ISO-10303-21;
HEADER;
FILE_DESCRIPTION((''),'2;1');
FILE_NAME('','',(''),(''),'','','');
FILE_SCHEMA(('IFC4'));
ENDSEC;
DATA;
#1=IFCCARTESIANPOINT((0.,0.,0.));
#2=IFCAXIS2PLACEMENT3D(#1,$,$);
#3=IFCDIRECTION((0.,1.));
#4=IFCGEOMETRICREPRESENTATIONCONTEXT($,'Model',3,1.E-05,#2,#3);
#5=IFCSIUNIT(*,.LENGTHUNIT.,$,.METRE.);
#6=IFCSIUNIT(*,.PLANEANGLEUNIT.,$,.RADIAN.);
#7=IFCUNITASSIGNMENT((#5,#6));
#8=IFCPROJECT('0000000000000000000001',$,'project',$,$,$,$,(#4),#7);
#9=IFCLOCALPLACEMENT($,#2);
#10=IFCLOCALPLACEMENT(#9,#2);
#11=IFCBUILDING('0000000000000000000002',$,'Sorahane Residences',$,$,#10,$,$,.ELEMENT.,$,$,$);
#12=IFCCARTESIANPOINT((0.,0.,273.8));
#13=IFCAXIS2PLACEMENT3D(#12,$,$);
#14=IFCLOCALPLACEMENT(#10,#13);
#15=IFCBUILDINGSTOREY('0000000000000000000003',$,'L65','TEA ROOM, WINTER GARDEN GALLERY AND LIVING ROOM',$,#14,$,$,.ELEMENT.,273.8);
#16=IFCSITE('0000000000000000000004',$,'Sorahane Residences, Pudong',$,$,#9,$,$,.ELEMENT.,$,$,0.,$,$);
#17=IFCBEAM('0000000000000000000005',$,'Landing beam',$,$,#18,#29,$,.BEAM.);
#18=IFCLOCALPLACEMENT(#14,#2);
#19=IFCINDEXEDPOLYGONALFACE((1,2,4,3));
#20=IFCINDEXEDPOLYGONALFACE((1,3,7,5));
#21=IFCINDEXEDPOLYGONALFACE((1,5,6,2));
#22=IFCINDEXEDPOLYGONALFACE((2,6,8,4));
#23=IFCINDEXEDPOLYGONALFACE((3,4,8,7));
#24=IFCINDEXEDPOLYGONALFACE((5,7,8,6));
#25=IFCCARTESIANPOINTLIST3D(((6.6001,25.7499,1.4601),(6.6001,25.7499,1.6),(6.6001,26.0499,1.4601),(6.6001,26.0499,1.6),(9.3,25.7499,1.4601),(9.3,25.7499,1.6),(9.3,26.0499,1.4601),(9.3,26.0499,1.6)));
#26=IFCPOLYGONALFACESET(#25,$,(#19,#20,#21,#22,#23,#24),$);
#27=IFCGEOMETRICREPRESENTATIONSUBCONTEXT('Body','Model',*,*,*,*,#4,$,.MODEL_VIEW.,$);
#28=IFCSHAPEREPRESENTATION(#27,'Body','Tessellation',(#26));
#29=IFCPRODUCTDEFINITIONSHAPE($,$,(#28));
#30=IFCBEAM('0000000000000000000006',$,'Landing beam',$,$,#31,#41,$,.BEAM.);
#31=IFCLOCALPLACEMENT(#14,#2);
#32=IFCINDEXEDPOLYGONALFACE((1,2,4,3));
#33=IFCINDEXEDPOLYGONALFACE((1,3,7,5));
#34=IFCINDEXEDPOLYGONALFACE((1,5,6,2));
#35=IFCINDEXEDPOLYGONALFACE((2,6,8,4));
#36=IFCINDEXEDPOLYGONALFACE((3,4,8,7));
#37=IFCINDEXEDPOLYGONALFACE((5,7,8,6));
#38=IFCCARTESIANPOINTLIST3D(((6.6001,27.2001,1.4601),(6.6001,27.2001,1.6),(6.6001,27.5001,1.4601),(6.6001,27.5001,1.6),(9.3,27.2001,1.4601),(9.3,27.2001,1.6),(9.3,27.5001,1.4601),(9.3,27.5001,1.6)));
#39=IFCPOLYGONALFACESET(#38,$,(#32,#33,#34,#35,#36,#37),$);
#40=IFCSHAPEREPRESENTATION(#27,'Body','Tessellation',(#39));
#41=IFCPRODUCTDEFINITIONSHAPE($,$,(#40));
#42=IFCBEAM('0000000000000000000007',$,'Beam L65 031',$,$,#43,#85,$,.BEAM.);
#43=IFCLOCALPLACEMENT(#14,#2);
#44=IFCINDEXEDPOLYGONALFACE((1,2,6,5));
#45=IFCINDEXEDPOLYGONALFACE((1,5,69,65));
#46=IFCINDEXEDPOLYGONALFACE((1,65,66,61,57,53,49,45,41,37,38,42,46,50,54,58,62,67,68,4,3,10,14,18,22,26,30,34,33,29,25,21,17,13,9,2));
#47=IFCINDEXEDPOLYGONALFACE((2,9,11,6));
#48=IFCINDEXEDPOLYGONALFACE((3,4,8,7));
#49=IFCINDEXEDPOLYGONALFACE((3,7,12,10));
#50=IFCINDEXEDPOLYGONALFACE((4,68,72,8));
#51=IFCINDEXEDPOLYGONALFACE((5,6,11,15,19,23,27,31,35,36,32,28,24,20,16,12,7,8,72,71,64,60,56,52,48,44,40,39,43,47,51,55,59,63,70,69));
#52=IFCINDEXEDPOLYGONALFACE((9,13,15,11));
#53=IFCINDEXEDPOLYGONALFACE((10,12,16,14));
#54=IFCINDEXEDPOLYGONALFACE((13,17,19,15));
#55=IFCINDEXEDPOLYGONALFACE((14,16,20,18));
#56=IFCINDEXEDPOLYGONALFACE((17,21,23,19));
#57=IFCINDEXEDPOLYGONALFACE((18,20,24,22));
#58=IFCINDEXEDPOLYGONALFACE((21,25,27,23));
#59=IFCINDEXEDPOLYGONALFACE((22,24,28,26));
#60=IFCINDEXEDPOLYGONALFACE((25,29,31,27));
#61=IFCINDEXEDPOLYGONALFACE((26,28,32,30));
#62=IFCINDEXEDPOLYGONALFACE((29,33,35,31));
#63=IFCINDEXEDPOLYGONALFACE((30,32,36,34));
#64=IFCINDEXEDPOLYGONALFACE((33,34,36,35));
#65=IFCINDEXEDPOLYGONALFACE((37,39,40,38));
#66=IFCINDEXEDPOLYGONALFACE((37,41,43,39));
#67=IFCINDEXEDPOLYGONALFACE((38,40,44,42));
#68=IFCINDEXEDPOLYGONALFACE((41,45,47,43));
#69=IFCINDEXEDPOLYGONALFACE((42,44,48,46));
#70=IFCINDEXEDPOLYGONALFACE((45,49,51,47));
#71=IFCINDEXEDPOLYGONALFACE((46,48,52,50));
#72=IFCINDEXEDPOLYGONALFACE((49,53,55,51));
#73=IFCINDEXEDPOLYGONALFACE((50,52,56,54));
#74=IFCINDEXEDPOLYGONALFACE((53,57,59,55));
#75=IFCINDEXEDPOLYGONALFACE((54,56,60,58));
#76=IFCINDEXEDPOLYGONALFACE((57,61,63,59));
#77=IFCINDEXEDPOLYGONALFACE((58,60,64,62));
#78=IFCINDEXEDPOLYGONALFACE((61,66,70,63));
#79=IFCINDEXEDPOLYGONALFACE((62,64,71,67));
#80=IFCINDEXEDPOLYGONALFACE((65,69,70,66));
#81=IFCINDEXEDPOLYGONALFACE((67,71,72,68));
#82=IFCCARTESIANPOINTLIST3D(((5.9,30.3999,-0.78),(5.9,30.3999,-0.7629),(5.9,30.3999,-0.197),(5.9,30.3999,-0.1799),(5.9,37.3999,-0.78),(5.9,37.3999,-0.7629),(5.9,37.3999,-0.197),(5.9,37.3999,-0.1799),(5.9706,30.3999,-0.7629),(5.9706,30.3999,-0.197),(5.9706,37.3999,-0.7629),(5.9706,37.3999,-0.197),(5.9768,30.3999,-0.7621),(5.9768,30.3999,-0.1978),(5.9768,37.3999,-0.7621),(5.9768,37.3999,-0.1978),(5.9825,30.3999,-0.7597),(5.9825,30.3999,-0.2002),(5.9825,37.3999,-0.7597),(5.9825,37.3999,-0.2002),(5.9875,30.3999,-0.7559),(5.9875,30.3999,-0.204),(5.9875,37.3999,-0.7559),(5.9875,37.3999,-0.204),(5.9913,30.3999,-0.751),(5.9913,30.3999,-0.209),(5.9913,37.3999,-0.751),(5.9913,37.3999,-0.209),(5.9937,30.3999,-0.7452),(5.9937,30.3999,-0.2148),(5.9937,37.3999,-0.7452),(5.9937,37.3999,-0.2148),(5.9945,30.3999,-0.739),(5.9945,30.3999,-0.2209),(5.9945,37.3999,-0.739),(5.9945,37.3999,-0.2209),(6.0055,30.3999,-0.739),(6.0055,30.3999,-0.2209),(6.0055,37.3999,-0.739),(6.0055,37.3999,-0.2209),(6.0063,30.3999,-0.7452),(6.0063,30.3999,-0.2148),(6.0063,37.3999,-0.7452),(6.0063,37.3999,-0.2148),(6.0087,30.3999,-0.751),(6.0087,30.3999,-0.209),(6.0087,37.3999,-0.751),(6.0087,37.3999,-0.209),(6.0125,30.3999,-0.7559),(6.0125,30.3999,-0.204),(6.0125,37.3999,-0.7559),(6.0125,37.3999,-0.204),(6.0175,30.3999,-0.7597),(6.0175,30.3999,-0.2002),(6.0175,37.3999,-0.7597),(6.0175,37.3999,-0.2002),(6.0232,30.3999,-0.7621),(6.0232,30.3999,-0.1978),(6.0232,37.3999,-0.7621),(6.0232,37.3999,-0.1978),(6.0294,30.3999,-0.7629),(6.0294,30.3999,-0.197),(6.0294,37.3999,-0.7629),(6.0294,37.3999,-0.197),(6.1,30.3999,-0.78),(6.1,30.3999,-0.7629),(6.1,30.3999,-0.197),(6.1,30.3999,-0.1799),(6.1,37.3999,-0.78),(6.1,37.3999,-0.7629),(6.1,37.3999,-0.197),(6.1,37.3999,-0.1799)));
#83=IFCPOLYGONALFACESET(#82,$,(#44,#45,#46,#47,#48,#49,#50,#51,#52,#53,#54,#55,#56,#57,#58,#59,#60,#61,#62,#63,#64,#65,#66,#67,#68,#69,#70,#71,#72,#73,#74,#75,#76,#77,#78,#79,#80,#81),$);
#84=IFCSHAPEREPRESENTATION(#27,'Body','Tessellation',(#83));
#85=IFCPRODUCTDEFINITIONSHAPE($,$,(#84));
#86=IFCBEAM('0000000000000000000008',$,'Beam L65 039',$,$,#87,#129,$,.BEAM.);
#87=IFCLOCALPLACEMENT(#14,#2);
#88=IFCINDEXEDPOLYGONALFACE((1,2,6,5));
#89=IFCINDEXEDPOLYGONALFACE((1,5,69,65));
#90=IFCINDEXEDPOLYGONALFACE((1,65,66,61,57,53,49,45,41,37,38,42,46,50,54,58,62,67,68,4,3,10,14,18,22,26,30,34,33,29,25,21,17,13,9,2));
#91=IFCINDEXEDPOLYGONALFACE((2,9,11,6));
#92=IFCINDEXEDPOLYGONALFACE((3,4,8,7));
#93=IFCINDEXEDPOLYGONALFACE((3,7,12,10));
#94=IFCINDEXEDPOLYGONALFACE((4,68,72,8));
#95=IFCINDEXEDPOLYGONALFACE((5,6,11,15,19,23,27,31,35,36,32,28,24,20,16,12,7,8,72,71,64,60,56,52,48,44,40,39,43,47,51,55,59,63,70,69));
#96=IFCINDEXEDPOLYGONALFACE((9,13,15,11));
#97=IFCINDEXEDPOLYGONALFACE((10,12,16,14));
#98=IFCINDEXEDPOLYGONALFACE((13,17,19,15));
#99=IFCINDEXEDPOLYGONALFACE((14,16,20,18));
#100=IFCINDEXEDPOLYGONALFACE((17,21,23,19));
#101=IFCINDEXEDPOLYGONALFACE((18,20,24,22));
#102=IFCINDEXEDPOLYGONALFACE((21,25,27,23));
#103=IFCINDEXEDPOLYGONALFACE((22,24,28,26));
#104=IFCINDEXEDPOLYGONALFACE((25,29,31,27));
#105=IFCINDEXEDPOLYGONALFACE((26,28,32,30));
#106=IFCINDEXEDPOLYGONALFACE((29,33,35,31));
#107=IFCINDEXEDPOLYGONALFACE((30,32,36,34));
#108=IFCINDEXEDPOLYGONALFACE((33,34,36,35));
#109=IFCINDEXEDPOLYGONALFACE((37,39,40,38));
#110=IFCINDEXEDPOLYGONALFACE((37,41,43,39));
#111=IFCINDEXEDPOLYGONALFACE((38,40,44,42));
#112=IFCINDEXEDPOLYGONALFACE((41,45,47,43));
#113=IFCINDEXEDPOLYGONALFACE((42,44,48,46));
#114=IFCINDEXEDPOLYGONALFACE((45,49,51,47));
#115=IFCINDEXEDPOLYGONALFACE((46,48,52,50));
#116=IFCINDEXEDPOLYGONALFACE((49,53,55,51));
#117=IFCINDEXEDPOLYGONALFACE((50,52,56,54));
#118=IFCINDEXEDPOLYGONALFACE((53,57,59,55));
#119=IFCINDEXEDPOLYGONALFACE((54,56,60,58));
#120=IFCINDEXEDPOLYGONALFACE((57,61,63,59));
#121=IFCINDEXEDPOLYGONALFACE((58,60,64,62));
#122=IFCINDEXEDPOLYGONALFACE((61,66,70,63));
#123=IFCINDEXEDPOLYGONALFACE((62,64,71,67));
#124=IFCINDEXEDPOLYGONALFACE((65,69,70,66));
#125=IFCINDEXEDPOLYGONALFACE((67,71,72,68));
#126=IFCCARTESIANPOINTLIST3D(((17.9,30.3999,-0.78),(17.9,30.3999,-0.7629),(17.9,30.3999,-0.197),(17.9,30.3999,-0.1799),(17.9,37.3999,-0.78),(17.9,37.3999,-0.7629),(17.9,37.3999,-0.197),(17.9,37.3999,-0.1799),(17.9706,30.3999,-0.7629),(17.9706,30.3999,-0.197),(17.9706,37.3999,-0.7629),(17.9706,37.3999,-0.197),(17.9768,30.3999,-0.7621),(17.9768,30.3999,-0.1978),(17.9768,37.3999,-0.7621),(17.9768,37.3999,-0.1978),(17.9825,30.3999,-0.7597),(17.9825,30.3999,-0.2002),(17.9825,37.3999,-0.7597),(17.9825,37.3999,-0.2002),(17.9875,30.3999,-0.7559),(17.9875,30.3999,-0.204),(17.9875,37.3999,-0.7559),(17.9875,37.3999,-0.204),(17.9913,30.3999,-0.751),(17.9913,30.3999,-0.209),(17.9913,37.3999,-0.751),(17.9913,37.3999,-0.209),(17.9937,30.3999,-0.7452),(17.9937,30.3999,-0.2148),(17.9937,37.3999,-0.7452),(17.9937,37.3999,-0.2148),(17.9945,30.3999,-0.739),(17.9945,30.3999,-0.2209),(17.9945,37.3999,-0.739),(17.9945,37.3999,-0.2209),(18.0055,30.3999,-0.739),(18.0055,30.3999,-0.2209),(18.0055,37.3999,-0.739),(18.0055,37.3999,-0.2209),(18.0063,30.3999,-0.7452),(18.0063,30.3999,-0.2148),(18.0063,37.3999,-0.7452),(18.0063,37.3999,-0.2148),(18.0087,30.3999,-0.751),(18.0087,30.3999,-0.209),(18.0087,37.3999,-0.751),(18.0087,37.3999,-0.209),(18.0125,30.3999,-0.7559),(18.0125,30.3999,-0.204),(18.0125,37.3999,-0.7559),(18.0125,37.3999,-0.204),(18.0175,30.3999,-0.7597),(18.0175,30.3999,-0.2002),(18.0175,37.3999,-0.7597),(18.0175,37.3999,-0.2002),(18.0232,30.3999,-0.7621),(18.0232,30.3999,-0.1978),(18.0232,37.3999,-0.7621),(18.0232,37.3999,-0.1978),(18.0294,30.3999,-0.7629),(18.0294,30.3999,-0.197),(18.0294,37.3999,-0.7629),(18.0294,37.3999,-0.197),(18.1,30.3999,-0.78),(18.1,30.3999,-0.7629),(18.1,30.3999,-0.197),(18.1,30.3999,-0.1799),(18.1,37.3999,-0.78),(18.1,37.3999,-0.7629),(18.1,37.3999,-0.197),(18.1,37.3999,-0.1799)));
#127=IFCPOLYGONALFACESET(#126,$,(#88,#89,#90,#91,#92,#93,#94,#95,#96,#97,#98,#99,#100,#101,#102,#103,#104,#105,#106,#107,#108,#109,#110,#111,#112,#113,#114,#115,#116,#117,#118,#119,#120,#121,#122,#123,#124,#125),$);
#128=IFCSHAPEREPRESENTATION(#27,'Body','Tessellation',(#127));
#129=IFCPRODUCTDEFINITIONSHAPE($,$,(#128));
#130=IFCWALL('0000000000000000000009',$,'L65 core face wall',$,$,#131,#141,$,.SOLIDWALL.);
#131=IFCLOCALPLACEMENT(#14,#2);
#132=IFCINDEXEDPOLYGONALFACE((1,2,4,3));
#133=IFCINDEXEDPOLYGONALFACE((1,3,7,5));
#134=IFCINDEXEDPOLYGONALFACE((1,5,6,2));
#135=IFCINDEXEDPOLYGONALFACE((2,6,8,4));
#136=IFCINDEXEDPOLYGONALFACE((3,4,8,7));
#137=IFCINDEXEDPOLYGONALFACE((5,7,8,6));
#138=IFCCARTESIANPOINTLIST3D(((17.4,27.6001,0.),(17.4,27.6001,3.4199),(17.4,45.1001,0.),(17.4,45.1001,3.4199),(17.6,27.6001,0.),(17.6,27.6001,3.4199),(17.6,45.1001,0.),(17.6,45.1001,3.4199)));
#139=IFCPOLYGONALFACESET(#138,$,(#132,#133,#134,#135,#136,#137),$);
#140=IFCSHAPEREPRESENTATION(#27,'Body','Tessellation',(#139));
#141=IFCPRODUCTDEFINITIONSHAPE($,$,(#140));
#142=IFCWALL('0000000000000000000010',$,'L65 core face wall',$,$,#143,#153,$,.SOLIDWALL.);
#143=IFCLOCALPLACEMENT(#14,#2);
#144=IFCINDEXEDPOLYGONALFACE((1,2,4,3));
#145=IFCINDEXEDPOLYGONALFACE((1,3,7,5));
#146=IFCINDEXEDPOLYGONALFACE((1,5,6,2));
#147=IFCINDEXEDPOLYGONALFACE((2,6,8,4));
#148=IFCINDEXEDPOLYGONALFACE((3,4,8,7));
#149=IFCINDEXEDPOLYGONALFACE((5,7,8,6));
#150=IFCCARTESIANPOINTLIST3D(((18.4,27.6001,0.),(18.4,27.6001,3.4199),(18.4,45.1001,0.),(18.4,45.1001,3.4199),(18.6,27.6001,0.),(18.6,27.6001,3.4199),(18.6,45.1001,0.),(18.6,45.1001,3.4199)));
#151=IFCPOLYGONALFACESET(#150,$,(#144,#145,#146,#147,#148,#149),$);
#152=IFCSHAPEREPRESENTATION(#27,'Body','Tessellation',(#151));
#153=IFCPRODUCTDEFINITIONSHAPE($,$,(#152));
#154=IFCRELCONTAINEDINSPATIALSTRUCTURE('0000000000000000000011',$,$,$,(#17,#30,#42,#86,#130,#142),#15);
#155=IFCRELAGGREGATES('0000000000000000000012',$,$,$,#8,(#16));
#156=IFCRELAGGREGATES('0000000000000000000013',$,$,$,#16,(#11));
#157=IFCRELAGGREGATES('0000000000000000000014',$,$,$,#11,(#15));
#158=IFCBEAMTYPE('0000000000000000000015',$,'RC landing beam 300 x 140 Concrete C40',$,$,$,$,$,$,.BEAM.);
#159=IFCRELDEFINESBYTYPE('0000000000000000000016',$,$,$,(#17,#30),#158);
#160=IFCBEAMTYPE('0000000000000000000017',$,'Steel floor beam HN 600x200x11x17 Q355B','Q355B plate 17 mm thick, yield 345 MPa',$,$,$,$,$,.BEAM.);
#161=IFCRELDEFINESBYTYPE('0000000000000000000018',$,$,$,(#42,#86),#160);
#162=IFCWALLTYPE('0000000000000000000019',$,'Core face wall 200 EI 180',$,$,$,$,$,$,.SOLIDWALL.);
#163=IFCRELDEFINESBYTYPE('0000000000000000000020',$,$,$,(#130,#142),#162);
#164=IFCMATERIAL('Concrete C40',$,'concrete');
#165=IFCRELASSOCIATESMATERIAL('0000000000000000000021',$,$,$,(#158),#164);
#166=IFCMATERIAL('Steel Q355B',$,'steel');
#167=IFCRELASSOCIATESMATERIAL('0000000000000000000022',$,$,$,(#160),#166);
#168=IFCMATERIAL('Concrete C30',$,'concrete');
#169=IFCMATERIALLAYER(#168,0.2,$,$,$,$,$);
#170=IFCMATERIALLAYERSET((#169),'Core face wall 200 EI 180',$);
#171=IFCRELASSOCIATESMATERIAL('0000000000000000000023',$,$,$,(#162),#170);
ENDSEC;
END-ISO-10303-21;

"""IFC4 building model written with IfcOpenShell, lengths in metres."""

from ifc_helpers import new_model, si_unit, direction, frame, frame_2d, origin, origin_2d, place, context, subcontext, project, spatial, rectangle, i_section, extrude, material, layer, layer_set, material_profile, profile_set, type_object, element, save


model = new_model("IFC4")

# Units and contexts
model_context = context("Model", 3, precision=1e-05, world=origin(), true_north=direction((0.0, 1.0)))
body_context = subcontext(model_context, "Body", "Model", "MODEL_VIEW")
ifc_project = project(units=[si_unit("LENGTHUNIT", "METRE"), si_unit("PLANEANGLEUNIT", "RADIAN")], contexts=[model_context])

# Site, building, storey
site_placement = place(None, origin())
site = spatial("IfcSite", under=ifc_project, at=site_placement, Name="Sorahane Residences, Pudong", CompositionType="ELEMENT", RefElevation=0.0)
building_placement = place(site_placement, origin())
building = spatial("IfcBuilding", under=site, at=building_placement, Name="Sorahane Residences", CompositionType="ELEMENT")
storey_placement = place(building_placement, frame((0.0, 0.0, 273.8)))
storey = spatial("IfcBuildingStorey", under=building, at=storey_placement, Name="L65", Description="TEA ROOM, WINTER GARDEN GALLERY AND LIVING ROOM", CompositionType="ELEMENT", Elevation=273.8)

# Beams
ifc_material_1 = material(Name="Concrete C40", Category="concrete")
ifc_material_profile_1 = material_profile(ifc_material_1, rectangle(XDim=0.3, YDim=0.1399, at=origin_2d()), Name="300x140")
ifc_profile_set_1 = profile_set([ifc_material_profile_1], Name="Concrete C40")
beam_type_1 = type_object("IfcBeamType", Name="RC landing beam 300 x 140 Concrete C40", PredefinedType="BEAM", material=ifc_profile_set_1)
for number, where, z_axis, x_axis, name in (
    (1, (6.6001, 25.8999, 1.53), (1.0, 0.0, 0.0), (0.0, 1.0, 0.0), "Landing beam"),
    (2, (6.6001, 27.3501, 1.53), (1.0, 0.0, 0.0), (0.0, 1.0, 0.0), "Landing beam"),
):
    element("IfcBeam", number, at=place(storey_placement, frame(where, z_axis=z_axis, x_axis=x_axis)), inside=storey, type_object=beam_type_1, Name=name, PredefinedType="BEAM", context=body_context, shape_type="SweptSolid", body=[
        extrude(rectangle(XDim=0.3, YDim=0.1399, at=origin_2d()), origin(), (0.0, 0.0, 1.0), 2.7),
    ])
ifc_material_2 = material(Name="Steel Q355B", Category="steel")
ifc_material_profile_2 = material_profile(ifc_material_2, i_section(OverallWidth=0.2, OverallDepth=0.6001, WebThickness=0.011, FlangeThickness=0.0171, FilletRadius=0.0239, at=origin_2d()), Name="HN 600x200x11x17")
ifc_profile_set_2 = profile_set([ifc_material_profile_2], Name="Steel Q355B")
beam_type_2 = type_object("IfcBeamType", Name="Steel floor beam HN 600x200x11x17 Q355B", Description="Q355B plate 17 mm thick, yield 345 MPa", PredefinedType="BEAM", material=ifc_profile_set_2)
for number, where, z_axis, x_axis, name in (
    (3, (6.0, 30.3999, -0.48), (0.0, 1.0, 0.0), (-1.0, 0.0, 0.0), "Beam L65 031"),
    (4, (18.0, 30.3999, -0.48), (0.0, 1.0, 0.0), (-1.0, 0.0, 0.0), "Beam L65 039"),
):
    element("IfcBeam", number, at=place(storey_placement, frame(where, z_axis=z_axis, x_axis=x_axis)), inside=storey, type_object=beam_type_2, Name=name, PredefinedType="BEAM", context=body_context, shape_type="SweptSolid", body=[
        extrude(i_section(OverallWidth=0.2, OverallDepth=0.6001, WebThickness=0.011, FlangeThickness=0.0171, FilletRadius=0.0239, at=origin_2d()), origin(), (0.0, 0.0, 1.0), 7.0),
    ])

# Walls
ifc_material_3 = material(Name="Concrete C30", Category="concrete")
ifc_layer_1 = layer(ifc_material_3, 0.2)
ifc_layer_set_1 = layer_set([ifc_layer_1], Name="Core face wall 200 EI 180")
wall_type_1 = type_object("IfcWallType", Name="Core face wall 200 EI 180", PredefinedType="SOLIDWALL", material=ifc_layer_set_1)
for number, where, z_axis, x_axis, name in (
    (5, (17.5, 27.6001, 0.0), (0.0, 0.0, 1.0), (0.0, 1.0, 0.0), "L65 core face wall"),
    (6, (18.5, 27.6001, 0.0), (0.0, 0.0, 1.0), (0.0, 1.0, 0.0), "L65 core face wall"),
):
    element("IfcWall", number, at=place(storey_placement, frame(where, z_axis=z_axis, x_axis=x_axis)), inside=storey, type_object=wall_type_1, Name=name, PredefinedType="SOLIDWALL", context=body_context, shape_type="SweptSolid", body=[
        extrude(rectangle(XDim=17.5, YDim=0.2, at=frame_2d((8.75, 0.0))), origin(), (0.0, 0.0, 1.0), 3.4199),
    ])

save(model, "model.ifc")
